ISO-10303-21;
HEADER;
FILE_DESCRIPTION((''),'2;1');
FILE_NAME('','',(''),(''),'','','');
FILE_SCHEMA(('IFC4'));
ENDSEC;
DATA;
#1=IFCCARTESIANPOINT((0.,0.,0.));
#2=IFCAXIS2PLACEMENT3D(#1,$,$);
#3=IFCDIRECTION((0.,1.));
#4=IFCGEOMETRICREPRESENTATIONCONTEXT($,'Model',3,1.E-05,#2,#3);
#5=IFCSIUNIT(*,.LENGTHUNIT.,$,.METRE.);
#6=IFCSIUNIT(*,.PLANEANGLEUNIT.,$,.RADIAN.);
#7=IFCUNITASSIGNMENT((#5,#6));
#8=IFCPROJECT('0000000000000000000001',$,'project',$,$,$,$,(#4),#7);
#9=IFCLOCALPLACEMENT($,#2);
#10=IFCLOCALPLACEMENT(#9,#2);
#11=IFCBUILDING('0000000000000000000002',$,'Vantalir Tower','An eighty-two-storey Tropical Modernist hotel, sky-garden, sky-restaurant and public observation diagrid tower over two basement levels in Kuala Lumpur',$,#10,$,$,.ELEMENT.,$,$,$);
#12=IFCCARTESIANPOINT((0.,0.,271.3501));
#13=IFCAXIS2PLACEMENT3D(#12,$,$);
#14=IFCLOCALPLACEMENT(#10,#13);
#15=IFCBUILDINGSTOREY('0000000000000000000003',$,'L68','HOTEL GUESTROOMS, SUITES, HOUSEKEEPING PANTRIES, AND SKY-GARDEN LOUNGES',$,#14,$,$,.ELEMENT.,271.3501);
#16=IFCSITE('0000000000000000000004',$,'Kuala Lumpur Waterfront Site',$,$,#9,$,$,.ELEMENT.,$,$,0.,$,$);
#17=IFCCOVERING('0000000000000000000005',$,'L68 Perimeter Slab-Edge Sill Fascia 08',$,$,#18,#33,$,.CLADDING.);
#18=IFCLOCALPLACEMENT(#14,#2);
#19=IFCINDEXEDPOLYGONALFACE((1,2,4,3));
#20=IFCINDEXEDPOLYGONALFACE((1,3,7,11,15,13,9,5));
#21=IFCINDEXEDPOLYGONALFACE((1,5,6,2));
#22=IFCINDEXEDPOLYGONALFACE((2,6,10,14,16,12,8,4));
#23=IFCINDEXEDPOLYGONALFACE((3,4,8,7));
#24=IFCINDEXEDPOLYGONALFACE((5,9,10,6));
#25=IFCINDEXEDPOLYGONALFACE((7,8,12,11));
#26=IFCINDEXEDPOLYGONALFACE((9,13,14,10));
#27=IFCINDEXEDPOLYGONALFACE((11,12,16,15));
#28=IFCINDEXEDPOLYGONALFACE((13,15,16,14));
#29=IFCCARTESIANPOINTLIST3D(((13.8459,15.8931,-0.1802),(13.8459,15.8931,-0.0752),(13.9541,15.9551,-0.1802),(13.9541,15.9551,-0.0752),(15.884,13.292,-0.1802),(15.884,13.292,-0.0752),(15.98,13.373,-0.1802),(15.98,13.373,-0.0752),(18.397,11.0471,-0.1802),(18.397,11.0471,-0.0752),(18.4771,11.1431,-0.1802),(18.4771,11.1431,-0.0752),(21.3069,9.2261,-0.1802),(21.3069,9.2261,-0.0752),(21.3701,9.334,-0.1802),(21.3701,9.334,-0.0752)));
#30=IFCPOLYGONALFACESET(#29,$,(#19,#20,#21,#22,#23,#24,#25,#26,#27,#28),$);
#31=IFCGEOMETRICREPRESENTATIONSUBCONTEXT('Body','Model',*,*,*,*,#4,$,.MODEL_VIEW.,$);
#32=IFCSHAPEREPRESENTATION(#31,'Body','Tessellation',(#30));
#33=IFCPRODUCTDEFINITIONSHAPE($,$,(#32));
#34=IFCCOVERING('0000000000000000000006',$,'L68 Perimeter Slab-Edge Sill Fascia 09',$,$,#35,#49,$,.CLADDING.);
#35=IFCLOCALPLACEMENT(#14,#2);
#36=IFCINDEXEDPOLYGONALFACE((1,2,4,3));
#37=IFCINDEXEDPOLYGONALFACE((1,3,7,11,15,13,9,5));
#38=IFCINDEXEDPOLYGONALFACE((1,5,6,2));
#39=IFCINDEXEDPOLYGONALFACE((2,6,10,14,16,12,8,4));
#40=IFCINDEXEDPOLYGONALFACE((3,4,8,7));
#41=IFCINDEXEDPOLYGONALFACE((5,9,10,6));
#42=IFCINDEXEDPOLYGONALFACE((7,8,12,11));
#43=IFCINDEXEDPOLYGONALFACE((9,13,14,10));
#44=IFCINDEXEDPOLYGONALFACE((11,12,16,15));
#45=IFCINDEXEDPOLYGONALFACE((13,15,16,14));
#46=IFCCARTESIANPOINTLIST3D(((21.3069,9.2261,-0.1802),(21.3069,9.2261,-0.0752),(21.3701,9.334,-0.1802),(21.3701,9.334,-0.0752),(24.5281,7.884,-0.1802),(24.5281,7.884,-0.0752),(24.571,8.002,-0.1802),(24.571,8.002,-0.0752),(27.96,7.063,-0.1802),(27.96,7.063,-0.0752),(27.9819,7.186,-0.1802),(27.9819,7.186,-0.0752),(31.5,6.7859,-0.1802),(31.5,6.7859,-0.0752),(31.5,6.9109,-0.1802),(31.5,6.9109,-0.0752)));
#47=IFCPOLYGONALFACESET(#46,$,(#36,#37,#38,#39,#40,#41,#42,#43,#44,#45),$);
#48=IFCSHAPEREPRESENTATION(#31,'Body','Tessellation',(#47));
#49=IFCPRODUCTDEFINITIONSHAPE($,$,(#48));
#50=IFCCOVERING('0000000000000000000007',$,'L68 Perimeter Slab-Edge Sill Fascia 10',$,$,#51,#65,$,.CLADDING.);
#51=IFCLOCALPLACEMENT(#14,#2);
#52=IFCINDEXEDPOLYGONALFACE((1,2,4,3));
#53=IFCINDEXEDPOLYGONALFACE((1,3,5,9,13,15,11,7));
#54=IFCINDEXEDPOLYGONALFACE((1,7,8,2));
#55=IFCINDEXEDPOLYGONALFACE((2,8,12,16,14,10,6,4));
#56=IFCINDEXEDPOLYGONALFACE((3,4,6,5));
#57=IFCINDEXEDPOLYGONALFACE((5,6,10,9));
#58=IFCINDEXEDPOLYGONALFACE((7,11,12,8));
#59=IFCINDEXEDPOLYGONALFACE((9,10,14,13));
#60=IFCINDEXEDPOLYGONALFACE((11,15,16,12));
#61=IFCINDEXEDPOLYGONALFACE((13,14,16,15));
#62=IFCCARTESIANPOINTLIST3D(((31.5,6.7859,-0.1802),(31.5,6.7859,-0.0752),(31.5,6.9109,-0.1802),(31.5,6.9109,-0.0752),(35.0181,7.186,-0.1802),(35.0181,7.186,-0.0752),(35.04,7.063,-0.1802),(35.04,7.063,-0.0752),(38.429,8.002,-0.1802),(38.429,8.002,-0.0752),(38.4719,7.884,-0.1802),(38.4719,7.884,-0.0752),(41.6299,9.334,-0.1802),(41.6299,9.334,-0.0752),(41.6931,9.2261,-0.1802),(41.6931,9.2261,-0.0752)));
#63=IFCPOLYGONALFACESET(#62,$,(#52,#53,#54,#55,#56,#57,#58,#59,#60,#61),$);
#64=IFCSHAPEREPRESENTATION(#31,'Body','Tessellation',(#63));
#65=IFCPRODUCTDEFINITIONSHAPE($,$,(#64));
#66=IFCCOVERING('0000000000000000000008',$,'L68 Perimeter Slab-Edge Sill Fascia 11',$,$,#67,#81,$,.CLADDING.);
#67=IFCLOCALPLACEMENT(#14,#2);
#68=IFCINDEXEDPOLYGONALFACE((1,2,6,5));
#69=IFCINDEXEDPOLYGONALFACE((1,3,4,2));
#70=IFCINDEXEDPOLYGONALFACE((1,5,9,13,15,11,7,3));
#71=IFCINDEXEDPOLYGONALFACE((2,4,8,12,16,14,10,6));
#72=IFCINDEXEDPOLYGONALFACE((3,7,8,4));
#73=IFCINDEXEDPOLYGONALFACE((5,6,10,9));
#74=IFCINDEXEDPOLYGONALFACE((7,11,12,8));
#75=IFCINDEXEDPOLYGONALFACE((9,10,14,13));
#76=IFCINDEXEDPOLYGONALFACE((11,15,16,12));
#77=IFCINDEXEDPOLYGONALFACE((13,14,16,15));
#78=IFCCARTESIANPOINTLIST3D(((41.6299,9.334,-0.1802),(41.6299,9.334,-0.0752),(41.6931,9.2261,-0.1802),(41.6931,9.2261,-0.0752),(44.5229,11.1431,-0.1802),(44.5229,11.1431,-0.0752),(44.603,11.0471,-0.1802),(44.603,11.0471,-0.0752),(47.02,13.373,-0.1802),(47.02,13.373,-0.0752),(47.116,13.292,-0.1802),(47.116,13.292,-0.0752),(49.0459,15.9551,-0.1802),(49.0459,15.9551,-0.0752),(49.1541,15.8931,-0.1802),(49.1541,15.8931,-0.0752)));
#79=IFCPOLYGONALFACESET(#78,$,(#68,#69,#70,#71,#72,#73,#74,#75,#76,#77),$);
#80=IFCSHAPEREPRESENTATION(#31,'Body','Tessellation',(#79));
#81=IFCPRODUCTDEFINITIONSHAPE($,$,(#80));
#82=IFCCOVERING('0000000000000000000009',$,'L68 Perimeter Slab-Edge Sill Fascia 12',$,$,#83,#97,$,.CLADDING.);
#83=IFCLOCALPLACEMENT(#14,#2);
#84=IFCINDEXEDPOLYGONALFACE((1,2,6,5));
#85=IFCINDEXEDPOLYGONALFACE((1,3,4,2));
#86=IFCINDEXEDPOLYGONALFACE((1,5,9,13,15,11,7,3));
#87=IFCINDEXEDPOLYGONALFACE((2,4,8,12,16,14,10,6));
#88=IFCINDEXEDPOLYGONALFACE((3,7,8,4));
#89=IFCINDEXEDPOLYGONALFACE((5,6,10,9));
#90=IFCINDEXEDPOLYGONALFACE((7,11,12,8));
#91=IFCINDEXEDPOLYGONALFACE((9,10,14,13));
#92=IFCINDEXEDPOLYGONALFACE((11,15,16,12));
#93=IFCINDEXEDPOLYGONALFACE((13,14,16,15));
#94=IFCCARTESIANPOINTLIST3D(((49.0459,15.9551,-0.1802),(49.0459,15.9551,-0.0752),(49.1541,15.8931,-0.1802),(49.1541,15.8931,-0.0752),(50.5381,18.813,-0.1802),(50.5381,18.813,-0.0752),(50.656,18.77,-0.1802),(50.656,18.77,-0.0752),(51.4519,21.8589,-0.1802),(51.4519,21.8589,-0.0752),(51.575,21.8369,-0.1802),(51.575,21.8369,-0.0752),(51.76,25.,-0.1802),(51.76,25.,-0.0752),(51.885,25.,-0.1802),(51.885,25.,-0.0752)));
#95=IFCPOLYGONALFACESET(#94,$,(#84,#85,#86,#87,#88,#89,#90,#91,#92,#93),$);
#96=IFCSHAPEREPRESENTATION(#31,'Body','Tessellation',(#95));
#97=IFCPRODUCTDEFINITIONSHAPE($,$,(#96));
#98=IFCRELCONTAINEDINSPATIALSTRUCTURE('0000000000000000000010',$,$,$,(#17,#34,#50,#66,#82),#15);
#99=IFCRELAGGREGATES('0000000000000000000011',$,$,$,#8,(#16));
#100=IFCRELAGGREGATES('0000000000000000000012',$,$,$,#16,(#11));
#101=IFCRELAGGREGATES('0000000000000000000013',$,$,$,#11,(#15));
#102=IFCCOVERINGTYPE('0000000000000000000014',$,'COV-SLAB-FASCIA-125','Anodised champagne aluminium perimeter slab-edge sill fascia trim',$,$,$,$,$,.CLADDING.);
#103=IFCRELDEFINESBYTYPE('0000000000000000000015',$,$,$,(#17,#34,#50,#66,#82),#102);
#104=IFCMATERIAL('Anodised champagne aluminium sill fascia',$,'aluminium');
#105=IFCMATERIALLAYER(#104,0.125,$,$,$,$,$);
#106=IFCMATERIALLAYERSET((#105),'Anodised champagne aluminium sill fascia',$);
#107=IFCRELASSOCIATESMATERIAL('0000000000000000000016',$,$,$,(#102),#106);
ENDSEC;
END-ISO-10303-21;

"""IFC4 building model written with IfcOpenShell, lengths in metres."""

from ifc_helpers import new_model, si_unit, direction, frame, origin, place, context, subcontext, project, spatial, polyline, outline, extrude, material, layer, layer_set, type_object, element, save


model = new_model("IFC4")

# Units and contexts
model_context = context("Model", 3, precision=1e-05, world=origin(), true_north=direction((0.0, 1.0)))
body_context = subcontext(model_context, "Body", "Model", "MODEL_VIEW")
ifc_project = project(units=[si_unit("LENGTHUNIT", "METRE"), si_unit("PLANEANGLEUNIT", "RADIAN")], contexts=[model_context])

# Site, building, storey
site_placement = place(None, origin())
site = spatial("IfcSite", under=ifc_project, at=site_placement, Name="Kuala Lumpur Waterfront Site", CompositionType="ELEMENT", RefElevation=0.0)
building_placement = place(site_placement, origin())
building = spatial("IfcBuilding", under=site, at=building_placement, Name="Vantalir Tower", Description="An eighty-two-storey Tropical Modernist hotel, sky-garden, sky-restaurant and public observation diagrid tower over two basement levels in Kuala Lumpur", CompositionType="ELEMENT")
storey_placement = place(building_placement, frame((0.0, 0.0, 271.3501)))
storey = spatial("IfcBuildingStorey", under=building, at=storey_placement, Name="L68", Description="HOTEL GUESTROOMS, SUITES, HOUSEKEEPING PANTRIES, AND SKY-GARDEN LOUNGES", CompositionType="ELEMENT", Elevation=271.3501)

# Coverings
ifc_material_1 = material(Name="Anodised champagne aluminium sill fascia", Category="aluminium")
ifc_layer_1 = layer(ifc_material_1, 0.125)
ifc_layer_set_1 = layer_set([ifc_layer_1], Name="Anodised champagne aluminium sill fascia")
covering_type = type_object("IfcCoveringType", Name="COV-SLAB-FASCIA-125", Description="Anodised champagne aluminium perimeter slab-edge sill fascia trim", PredefinedType="CLADDING", material=ifc_layer_set_1)
covering_1_placement = place(storey_placement, frame((0.0, 0.0, -0.1802)))
element("IfcCovering", 1, at=covering_1_placement, inside=storey, type_object=covering_type, Name="L68 Perimeter Slab-Edge Sill Fascia 08", PredefinedType="CLADDING", context=body_context, shape_type="SweptSolid", body=[
    extrude(outline(polyline([(13.8459, 15.8931), (15.884, 13.292), (18.397, 11.0471), (21.3069, 9.2261), (21.3701, 9.334), (18.4771, 11.1431), (15.98, 13.373), (13.9541, 15.9551), (13.8459, 15.8931)])), origin(), (0.0, 0.0, 1.0), 0.105),
])
covering_2_placement = place(storey_placement, frame((0.0, 0.0, -0.1802)))
element("IfcCovering", 2, at=covering_2_placement, inside=storey, type_object=covering_type, Name="L68 Perimeter Slab-Edge Sill Fascia 09", PredefinedType="CLADDING", context=body_context, shape_type="SweptSolid", body=[
    extrude(outline(polyline([(21.3069, 9.2261), (24.5281, 7.884), (27.96, 7.063), (31.5, 6.7859), (31.5, 6.9109), (27.9819, 7.186), (24.571, 8.002), (21.3701, 9.334), (21.3069, 9.2261)])), origin(), (0.0, 0.0, 1.0), 0.105),
])
covering_3_placement = place(storey_placement, frame((0.0, 0.0, -0.1802)))
element("IfcCovering", 3, at=covering_3_placement, inside=storey, type_object=covering_type, Name="L68 Perimeter Slab-Edge Sill Fascia 10", PredefinedType="CLADDING", context=body_context, shape_type="SweptSolid", body=[
    extrude(outline(polyline([(31.5, 6.7859), (35.04, 7.063), (38.4719, 7.884), (41.6931, 9.2261), (41.6299, 9.334), (38.429, 8.002), (35.0181, 7.186), (31.5, 6.9109), (31.5, 6.7859)])), origin(), (0.0, 0.0, 1.0), 0.105),
])
covering_4_placement = place(storey_placement, frame((0.0, 0.0, -0.1802)))
element("IfcCovering", 4, at=covering_4_placement, inside=storey, type_object=covering_type, Name="L68 Perimeter Slab-Edge Sill Fascia 11", PredefinedType="CLADDING", context=body_context, shape_type="SweptSolid", body=[
    extrude(outline(polyline([(41.6931, 9.2261), (44.603, 11.0471), (47.116, 13.292), (49.1541, 15.8931), (49.0459, 15.9551), (47.02, 13.373), (44.5229, 11.1431), (41.6299, 9.334), (41.6931, 9.2261)])), origin(), (0.0, 0.0, 1.0), 0.105),
])
covering_5_placement = place(storey_placement, frame((0.0, 0.0, -0.1802)))
element("IfcCovering", 5, at=covering_5_placement, inside=storey, type_object=covering_type, Name="L68 Perimeter Slab-Edge Sill Fascia 12", PredefinedType="CLADDING", context=body_context, shape_type="SweptSolid", body=[
    extrude(outline(polyline([(49.1541, 15.8931), (50.656, 18.77), (51.575, 21.8369), (51.885, 25.0), (51.76, 25.0), (51.4519, 21.8589), (50.5381, 18.813), (49.0459, 15.9551), (49.1541, 15.8931)])), origin(), (0.0, 0.0, 1.0), 0.105),
])

save(model, "model.ifc")
